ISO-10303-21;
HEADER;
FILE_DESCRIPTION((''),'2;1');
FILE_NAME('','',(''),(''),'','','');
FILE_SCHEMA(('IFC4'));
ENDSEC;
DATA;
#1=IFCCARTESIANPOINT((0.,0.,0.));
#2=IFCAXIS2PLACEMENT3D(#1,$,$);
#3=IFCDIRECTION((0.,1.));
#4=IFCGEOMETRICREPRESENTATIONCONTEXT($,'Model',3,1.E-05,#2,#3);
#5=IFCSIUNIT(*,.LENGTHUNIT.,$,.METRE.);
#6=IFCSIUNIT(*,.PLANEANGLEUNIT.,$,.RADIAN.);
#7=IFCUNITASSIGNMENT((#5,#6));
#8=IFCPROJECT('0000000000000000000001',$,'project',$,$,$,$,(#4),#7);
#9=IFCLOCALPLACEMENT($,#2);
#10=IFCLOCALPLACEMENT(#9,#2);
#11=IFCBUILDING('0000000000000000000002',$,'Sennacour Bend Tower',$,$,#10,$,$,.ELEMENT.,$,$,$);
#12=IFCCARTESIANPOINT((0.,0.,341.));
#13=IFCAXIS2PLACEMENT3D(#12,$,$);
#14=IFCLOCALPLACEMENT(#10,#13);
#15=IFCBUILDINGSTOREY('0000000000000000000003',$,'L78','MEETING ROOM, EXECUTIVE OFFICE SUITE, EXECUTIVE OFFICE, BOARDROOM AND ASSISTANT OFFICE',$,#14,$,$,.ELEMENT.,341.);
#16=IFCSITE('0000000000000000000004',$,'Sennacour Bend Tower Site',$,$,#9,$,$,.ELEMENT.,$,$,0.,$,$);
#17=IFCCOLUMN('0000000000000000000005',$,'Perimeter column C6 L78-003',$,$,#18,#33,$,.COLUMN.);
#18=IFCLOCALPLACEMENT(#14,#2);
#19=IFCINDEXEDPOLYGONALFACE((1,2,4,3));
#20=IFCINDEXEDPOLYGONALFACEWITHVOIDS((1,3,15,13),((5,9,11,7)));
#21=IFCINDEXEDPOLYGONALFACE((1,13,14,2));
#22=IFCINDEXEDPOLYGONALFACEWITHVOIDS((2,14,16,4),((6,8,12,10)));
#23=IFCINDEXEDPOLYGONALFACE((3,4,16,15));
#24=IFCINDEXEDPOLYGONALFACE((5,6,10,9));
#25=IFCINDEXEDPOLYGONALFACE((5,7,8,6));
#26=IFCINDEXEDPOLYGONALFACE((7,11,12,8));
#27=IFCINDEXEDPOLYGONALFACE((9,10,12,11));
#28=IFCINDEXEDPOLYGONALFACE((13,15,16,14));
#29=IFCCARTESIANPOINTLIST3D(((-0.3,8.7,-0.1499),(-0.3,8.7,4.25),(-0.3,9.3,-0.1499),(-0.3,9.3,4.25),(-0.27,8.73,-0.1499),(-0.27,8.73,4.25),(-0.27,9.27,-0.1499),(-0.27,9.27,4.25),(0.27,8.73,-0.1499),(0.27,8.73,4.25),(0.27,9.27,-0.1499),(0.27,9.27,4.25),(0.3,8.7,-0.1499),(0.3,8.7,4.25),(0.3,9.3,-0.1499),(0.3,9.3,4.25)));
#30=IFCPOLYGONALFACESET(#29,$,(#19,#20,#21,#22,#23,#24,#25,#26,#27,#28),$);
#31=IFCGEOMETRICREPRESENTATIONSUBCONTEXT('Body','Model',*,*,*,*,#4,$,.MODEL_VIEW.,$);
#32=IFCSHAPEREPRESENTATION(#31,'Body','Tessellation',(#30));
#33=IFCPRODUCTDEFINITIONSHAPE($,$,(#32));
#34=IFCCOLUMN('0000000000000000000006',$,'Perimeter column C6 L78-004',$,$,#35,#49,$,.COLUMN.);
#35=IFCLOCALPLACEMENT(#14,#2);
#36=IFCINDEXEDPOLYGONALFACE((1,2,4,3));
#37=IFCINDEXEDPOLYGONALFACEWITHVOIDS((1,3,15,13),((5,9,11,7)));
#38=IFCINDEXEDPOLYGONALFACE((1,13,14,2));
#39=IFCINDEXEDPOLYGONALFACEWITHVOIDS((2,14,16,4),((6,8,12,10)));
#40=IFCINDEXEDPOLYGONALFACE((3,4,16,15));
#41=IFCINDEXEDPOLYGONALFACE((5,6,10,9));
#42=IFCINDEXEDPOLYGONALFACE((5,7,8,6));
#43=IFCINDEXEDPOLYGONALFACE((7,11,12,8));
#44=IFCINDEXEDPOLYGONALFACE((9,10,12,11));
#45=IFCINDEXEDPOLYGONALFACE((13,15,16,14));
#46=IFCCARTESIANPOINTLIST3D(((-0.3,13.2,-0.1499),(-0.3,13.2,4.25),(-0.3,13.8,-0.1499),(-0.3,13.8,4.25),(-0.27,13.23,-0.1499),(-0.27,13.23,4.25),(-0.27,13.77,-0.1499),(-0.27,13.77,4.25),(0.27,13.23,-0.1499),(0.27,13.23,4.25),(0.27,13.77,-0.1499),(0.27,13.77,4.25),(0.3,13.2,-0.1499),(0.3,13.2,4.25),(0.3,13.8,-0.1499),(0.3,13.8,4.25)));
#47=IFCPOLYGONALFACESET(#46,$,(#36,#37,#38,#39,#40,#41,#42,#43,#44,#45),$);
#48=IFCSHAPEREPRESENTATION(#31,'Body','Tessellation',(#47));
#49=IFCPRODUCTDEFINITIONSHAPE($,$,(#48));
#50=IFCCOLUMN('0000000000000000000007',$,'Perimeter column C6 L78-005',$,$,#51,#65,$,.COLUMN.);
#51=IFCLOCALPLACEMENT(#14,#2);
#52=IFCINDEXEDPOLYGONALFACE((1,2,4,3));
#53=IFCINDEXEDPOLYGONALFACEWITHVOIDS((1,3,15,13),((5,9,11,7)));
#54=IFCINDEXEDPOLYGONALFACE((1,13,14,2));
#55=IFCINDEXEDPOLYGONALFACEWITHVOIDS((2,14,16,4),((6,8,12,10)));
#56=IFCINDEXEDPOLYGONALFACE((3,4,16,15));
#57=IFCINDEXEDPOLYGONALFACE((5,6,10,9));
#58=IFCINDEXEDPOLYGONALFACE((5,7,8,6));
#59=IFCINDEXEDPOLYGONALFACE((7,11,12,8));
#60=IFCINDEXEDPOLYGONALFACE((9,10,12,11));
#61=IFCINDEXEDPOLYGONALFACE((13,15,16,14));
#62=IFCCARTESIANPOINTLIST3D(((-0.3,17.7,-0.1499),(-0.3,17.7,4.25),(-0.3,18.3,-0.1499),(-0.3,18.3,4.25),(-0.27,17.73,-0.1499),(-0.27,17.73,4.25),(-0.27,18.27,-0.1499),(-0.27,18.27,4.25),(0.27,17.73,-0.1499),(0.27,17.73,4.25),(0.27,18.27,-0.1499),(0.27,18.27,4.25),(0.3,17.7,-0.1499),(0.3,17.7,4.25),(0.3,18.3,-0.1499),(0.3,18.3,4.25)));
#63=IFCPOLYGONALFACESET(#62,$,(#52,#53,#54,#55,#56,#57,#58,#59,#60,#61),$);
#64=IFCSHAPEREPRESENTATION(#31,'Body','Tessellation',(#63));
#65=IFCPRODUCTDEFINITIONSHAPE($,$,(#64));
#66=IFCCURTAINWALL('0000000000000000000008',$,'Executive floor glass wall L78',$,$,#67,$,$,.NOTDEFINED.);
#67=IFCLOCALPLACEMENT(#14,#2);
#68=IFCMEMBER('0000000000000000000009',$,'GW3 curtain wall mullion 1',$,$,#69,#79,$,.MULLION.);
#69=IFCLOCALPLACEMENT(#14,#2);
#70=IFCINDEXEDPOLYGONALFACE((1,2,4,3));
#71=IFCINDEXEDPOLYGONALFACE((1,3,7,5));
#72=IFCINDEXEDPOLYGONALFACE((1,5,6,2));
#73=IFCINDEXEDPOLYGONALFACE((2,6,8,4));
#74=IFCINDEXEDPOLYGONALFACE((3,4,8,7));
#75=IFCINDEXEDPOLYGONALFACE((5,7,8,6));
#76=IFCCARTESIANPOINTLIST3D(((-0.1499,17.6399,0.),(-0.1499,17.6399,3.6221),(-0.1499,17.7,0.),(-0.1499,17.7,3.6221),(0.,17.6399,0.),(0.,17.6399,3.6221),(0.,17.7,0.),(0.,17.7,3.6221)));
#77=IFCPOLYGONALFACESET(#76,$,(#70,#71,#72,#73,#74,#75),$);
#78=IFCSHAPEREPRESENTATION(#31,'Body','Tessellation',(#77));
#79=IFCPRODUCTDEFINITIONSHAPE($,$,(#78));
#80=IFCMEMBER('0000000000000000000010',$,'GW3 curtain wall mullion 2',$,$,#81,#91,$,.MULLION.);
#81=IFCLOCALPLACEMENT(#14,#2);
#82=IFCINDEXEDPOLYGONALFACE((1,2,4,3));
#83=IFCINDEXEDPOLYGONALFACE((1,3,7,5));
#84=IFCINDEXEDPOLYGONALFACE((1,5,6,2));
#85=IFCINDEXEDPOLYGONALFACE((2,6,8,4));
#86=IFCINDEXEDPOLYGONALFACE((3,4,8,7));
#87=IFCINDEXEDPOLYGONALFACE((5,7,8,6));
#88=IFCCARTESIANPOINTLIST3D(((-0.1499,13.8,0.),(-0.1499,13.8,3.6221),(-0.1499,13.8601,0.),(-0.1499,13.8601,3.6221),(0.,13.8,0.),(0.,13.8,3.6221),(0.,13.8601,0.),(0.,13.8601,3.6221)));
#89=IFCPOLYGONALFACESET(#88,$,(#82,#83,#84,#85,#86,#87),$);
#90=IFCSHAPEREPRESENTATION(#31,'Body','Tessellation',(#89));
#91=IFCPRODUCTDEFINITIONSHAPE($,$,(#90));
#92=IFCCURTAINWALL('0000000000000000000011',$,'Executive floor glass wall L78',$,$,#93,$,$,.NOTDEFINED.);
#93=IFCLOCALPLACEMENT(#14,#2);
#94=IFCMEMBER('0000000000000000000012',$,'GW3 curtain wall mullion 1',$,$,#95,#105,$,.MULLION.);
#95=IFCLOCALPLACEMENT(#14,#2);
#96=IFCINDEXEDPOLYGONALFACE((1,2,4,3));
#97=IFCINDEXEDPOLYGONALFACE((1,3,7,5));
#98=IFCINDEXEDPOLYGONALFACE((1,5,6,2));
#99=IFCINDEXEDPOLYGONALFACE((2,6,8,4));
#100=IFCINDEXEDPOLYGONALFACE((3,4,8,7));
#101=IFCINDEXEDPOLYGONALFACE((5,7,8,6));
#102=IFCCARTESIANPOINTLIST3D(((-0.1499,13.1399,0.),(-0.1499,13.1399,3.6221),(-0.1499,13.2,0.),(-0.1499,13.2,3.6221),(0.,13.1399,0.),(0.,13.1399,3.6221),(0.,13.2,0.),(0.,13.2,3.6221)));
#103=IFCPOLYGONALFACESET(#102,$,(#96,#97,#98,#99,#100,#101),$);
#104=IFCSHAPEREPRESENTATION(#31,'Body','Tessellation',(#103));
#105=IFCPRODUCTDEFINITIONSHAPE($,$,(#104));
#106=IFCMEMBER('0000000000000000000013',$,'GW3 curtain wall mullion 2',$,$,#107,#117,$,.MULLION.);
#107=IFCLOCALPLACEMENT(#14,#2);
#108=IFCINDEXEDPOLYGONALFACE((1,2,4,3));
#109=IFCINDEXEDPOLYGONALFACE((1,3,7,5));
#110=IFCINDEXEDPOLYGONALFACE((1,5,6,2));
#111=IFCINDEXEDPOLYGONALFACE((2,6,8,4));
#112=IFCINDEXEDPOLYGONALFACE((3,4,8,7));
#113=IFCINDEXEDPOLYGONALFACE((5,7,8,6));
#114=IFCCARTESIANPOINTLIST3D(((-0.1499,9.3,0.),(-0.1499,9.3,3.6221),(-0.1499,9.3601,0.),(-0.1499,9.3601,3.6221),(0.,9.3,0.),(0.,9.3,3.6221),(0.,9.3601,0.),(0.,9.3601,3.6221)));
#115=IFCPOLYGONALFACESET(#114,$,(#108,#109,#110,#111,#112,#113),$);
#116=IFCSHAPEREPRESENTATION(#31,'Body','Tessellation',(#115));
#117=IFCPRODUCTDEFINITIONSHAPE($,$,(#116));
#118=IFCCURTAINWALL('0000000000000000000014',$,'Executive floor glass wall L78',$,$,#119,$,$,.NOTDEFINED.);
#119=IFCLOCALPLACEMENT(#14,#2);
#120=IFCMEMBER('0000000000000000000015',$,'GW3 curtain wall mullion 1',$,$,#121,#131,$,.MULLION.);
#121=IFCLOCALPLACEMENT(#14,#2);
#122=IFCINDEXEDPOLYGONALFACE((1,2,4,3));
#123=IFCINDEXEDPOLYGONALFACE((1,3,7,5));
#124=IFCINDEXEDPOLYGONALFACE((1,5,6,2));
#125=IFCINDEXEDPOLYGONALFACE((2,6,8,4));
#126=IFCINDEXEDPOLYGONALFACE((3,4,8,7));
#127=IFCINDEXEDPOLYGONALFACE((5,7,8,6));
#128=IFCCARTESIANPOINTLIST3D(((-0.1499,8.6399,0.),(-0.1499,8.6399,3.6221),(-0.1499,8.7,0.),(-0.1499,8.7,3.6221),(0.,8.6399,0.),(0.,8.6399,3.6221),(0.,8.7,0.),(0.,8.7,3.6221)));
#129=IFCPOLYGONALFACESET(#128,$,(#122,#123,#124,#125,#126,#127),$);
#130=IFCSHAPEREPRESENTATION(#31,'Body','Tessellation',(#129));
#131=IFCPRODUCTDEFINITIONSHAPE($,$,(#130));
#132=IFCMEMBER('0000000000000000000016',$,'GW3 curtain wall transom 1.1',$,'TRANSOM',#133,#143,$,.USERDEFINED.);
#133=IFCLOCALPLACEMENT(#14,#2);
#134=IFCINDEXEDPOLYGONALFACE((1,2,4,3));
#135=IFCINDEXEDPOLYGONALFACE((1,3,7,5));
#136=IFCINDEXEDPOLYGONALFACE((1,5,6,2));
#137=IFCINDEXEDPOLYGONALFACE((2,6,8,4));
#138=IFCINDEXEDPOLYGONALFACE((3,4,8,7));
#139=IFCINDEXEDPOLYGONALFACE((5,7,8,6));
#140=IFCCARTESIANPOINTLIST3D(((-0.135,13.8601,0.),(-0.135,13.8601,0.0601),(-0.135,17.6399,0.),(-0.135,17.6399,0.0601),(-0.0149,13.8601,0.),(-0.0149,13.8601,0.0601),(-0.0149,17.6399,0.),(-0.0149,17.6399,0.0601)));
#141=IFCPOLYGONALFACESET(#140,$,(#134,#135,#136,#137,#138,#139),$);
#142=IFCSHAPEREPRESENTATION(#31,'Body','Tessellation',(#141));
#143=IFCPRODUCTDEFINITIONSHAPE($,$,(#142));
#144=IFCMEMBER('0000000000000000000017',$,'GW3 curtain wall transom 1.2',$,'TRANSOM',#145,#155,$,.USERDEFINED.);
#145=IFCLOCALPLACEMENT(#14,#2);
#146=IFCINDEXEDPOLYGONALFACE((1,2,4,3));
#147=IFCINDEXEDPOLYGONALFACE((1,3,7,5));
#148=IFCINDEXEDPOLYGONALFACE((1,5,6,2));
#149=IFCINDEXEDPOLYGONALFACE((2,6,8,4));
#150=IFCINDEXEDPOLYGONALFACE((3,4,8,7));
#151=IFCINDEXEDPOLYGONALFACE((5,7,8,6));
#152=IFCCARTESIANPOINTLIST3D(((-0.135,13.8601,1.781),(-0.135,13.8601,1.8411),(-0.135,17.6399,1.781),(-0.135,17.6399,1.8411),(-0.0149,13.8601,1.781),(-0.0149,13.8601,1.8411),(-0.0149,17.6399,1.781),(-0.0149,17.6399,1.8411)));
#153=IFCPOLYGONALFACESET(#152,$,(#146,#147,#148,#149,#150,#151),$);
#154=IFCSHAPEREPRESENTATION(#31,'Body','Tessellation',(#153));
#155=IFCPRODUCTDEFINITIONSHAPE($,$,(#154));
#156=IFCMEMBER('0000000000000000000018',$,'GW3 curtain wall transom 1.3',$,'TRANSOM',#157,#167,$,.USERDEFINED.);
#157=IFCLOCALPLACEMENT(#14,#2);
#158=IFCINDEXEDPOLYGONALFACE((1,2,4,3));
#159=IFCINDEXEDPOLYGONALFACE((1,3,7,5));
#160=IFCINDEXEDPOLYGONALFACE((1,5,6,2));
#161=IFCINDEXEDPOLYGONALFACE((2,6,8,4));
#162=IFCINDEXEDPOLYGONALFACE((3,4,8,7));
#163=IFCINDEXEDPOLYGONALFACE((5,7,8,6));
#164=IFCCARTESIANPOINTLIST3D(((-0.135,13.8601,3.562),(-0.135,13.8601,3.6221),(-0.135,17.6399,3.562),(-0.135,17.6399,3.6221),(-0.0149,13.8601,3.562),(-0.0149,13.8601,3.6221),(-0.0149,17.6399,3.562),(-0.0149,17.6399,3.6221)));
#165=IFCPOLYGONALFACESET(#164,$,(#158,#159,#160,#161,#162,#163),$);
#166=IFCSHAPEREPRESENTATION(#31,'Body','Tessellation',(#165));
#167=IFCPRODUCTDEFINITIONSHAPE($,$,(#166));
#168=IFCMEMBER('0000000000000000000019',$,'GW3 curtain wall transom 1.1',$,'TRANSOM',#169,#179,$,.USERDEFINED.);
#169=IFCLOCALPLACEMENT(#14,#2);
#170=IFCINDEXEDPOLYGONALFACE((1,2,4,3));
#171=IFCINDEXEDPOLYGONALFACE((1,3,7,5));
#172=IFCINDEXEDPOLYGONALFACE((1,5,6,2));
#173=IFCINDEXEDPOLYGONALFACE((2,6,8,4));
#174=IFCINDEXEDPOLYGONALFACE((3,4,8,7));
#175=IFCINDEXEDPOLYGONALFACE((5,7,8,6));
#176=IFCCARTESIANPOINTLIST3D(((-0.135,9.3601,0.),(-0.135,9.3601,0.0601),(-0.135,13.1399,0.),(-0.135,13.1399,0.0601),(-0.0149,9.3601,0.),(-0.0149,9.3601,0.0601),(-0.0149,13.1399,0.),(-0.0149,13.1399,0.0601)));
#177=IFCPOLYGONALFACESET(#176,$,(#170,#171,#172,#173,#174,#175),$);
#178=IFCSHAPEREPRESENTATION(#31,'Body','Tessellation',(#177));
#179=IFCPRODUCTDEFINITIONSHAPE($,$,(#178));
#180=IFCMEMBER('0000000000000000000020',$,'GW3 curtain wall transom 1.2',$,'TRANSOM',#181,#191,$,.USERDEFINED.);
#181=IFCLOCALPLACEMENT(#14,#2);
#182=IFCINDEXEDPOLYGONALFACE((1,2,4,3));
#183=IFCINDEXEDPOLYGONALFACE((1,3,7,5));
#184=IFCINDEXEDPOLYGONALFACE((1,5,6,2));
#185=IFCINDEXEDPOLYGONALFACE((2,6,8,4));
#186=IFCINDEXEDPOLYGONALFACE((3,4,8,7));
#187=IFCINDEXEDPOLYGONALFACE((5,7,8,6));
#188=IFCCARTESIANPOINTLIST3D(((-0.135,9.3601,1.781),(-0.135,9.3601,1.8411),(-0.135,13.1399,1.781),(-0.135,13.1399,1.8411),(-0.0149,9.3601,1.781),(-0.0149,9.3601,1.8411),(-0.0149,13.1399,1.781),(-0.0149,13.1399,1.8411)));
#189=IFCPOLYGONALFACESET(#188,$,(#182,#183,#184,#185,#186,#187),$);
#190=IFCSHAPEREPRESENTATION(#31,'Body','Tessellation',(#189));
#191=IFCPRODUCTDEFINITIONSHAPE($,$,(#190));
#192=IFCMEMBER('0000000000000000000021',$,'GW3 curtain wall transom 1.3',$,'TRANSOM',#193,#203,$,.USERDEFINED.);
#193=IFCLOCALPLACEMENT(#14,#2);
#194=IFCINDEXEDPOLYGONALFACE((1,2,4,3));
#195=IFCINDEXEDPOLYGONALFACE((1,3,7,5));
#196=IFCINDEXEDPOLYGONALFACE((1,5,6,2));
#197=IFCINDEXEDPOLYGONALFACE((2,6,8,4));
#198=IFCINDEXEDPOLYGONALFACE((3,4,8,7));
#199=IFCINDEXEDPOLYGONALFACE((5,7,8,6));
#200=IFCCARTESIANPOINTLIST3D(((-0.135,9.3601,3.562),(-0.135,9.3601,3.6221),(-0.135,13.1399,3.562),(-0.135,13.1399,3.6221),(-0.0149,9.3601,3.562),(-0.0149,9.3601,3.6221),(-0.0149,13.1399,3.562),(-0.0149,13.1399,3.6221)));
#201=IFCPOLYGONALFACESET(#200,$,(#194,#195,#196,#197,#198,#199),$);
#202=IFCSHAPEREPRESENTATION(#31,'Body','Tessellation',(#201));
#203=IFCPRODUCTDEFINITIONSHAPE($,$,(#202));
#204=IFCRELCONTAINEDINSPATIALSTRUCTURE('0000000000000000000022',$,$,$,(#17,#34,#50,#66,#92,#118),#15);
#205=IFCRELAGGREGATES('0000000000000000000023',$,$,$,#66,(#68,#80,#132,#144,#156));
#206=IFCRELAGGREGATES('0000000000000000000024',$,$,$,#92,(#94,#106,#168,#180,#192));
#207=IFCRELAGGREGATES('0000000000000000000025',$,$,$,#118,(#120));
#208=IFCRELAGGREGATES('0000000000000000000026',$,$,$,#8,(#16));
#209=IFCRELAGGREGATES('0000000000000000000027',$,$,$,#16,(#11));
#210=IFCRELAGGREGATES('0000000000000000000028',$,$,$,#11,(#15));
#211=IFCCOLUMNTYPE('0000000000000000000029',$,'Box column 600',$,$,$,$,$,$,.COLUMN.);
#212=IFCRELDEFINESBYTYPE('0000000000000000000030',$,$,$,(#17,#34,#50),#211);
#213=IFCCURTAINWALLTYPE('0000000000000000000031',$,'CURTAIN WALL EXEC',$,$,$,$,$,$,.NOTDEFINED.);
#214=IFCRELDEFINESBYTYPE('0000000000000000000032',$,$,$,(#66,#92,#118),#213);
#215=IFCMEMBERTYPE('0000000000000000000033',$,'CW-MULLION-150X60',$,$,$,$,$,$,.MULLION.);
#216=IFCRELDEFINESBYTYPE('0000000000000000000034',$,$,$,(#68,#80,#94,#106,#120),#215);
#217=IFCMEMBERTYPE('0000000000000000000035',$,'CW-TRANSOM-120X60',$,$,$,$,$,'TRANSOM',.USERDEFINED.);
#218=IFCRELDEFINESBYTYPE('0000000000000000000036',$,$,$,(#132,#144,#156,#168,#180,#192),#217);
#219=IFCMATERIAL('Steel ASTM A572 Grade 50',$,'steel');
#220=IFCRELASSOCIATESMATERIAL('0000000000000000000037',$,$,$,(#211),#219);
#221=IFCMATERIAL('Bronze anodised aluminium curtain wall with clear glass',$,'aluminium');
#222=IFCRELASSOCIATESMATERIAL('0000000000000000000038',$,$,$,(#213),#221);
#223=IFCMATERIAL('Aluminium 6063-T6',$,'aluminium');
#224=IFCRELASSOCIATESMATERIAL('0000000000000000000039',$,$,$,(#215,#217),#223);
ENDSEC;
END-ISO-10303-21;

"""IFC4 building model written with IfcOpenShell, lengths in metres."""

from ifc_helpers import new_model, si_unit, direction, frame, origin, origin_2d, place, context, subcontext, project, spatial, rectangle, hollow_rectangle, extrude, material, material_profile, profile_set, type_object, element, aggregate, save


model = new_model("IFC4")

# Units and contexts
model_context = context("Model", 3, precision=1e-05, world=origin(), true_north=direction((0.0, 1.0)))
body_context = subcontext(model_context, "Body", "Model", "MODEL_VIEW")
ifc_project = project(units=[si_unit("LENGTHUNIT", "METRE"), si_unit("PLANEANGLEUNIT", "RADIAN")], contexts=[model_context])

# Site, building, storey
site_placement = place(None, origin())
site = spatial("IfcSite", under=ifc_project, at=site_placement, Name="Sennacour Bend Tower Site", CompositionType="ELEMENT", RefElevation=0.0)
building_placement = place(site_placement, origin())
building = spatial("IfcBuilding", under=site, at=building_placement, Name="Sennacour Bend Tower", CompositionType="ELEMENT")
storey_placement = place(building_placement, frame((0.0, 0.0, 341.0)))
storey = spatial("IfcBuildingStorey", under=building, at=storey_placement, Name="L78", Description="MEETING ROOM, EXECUTIVE OFFICE SUITE, EXECUTIVE OFFICE, BOARDROOM AND ASSISTANT OFFICE", CompositionType="ELEMENT", Elevation=341.0)

# Columns
ifc_material_1 = material(Name="Steel ASTM A572 Grade 50", Category="steel")
ifc_material_profile_1 = material_profile(ifc_material_1, hollow_rectangle(XDim=0.6001, YDim=0.6001, WallThickness=0.03, at=origin_2d()), Name="Steel ASTM A572 Grade 50", Category="steel")
ifc_profile_set_1 = profile_set([ifc_material_profile_1], Name="Steel ASTM A572 Grade 50")
column_type = type_object("IfcColumnType", Name="Box column 600", PredefinedType="COLUMN", material=ifc_profile_set_1)
for number, where, z_axis, x_axis, name in (
    (1, (0.0, 9.0, -0.1499), (0.0, 0.0, 1.0), (1.0, 0.0, 0.0), "Perimeter column C6 L78-003"),
    (2, (0.0, 13.5, -0.1499), (0.0, 0.0, 1.0), (1.0, 0.0, 0.0), "Perimeter column C6 L78-004"),
    (3, (0.0, 18.0, -0.1499), (0.0, 0.0, 1.0), (1.0, 0.0, 0.0), "Perimeter column C6 L78-005"),
):
    element("IfcColumn", number, at=place(storey_placement, frame(where, z_axis=z_axis, x_axis=x_axis)), inside=storey, type_object=column_type, Name=name, PredefinedType="COLUMN", context=body_context, shape_type="SweptSolid", body=[
        extrude(hollow_rectangle(XDim=0.6001, YDim=0.6001, WallThickness=0.03, at=origin_2d()), origin(), (0.0, 0.0, 1.0), 4.3999),
    ])

# Curtain walls, members
ifc_material_2 = material(Name="Bronze anodised aluminium curtain wall with clear glass", Category="aluminium")
curtain_wall_type = type_object("IfcCurtainWallType", Name="CURTAIN WALL EXEC", PredefinedType="NOTDEFINED", material=ifc_material_2)
curtain_wall_1_placement = place(storey_placement, origin())
curtain_wall_1 = element("IfcCurtainWall", 4, at=curtain_wall_1_placement, inside=storey, type_object=curtain_wall_type, Name="Executive floor glass wall L78", PredefinedType="NOTDEFINED")
ifc_material_3 = material(Name="Aluminium 6063-T6", Category="aluminium")
ifc_material_profile_2 = material_profile(ifc_material_3, rectangle(XDim=0.1499, YDim=0.0601, at=origin_2d()), Name="Aluminium 6063-T6", Category="aluminium")
ifc_profile_set_2 = profile_set([ifc_material_profile_2], Name="Aluminium 6063-T6")
member_type_1 = type_object("IfcMemberType", Name="CW-MULLION-150X60", PredefinedType="MULLION", material=ifc_profile_set_2)
member_1_placement = place(storey_placement, frame((-0.075, 17.6699, 0.0), z_axis=(0.0, 0.0, 1.0), x_axis=(1.0, 0.0, 0.0)))
member_1 = element("IfcMember", 5, at=member_1_placement, type_object=member_type_1, Name="GW3 curtain wall mullion 1", PredefinedType="MULLION", context=body_context, shape_type="SweptSolid", body=[
    extrude(rectangle(XDim=0.1499, YDim=0.0601, at=origin_2d()), origin(), (0.0, 0.0, 1.0), 3.6221),
])
member_2_placement = place(storey_placement, frame((-0.075, 13.8301, 0.0), z_axis=(0.0, 0.0, 1.0), x_axis=(1.0, 0.0, 0.0)))
member_2 = element("IfcMember", 6, at=member_2_placement, type_object=member_type_1, Name="GW3 curtain wall mullion 2", PredefinedType="MULLION", context=body_context, shape_type="SweptSolid", body=[
    extrude(rectangle(XDim=0.1499, YDim=0.0601, at=origin_2d()), origin(), (0.0, 0.0, 1.0), 3.6221),
])
curtain_wall_2_placement = place(storey_placement, origin())
curtain_wall_2 = element("IfcCurtainWall", 7, at=curtain_wall_2_placement, inside=storey, type_object=curtain_wall_type, Name="Executive floor glass wall L78", PredefinedType="NOTDEFINED")
member_3_placement = place(storey_placement, frame((-0.075, 13.1699, 0.0), z_axis=(0.0, 0.0, 1.0), x_axis=(1.0, 0.0, 0.0)))
member_3 = element("IfcMember", 8, at=member_3_placement, type_object=member_type_1, Name="GW3 curtain wall mullion 1", PredefinedType="MULLION", context=body_context, shape_type="SweptSolid", body=[
    extrude(rectangle(XDim=0.1499, YDim=0.0601, at=origin_2d()), origin(), (0.0, 0.0, 1.0), 3.6221),
])
member_4_placement = place(storey_placement, frame((-0.075, 9.3301, 0.0), z_axis=(0.0, 0.0, 1.0), x_axis=(1.0, 0.0, 0.0)))
member_4 = element("IfcMember", 9, at=member_4_placement, type_object=member_type_1, Name="GW3 curtain wall mullion 2", PredefinedType="MULLION", context=body_context, shape_type="SweptSolid", body=[
    extrude(rectangle(XDim=0.1499, YDim=0.0601, at=origin_2d()), origin(), (0.0, 0.0, 1.0), 3.6221),
])

# Curtain wall, member
curtain_wall_3_placement = place(storey_placement, origin())
curtain_wall_3 = element("IfcCurtainWall", 10, at=curtain_wall_3_placement, inside=storey, type_object=curtain_wall_type, Name="Executive floor glass wall L78", PredefinedType="NOTDEFINED")
member_5_placement = place(storey_placement, frame((-0.075, 8.6699, 0.0), z_axis=(0.0, 0.0, 1.0), x_axis=(1.0, 0.0, 0.0)))
member_5 = element("IfcMember", 11, at=member_5_placement, type_object=member_type_1, Name="GW3 curtain wall mullion 1", PredefinedType="MULLION", context=body_context, shape_type="SweptSolid", body=[
    extrude(rectangle(XDim=0.1499, YDim=0.0601, at=origin_2d()), origin(), (0.0, 0.0, 1.0), 3.6221),
])

# Members
ifc_material_profile_3 = material_profile(ifc_material_3, rectangle(XDim=0.1201, YDim=0.0601, at=origin_2d()), Name="Aluminium 6063-T6", Category="aluminium")
ifc_profile_set_3 = profile_set([ifc_material_profile_3], Name="Aluminium 6063-T6")
member_type_2 = type_object("IfcMemberType", Name="CW-TRANSOM-120X60", ElementType="TRANSOM", PredefinedType="USERDEFINED", material=ifc_profile_set_3)
member_6_placement = place(storey_placement, frame((-0.075, 17.6399, 0.03), z_axis=(0.0, -1.0, 0.0), x_axis=(1.0, 0.0, 0.0)))
member_6 = element("IfcMember", 12, at=member_6_placement, type_object=member_type_2, Name="GW3 curtain wall transom 1.1", ObjectType="TRANSOM", PredefinedType="USERDEFINED", context=body_context, shape_type="SweptSolid", body=[
    extrude(rectangle(XDim=0.1201, YDim=0.0601, at=origin_2d()), origin(), (0.0, 0.0, 1.0), 3.7798),
])
member_7_placement = place(storey_placement, frame((-0.075, 17.6399, 1.811), z_axis=(0.0, -1.0, 0.0), x_axis=(1.0, 0.0, 0.0)))
member_7 = element("IfcMember", 13, at=member_7_placement, type_object=member_type_2, Name="GW3 curtain wall transom 1.2", ObjectType="TRANSOM", PredefinedType="USERDEFINED", context=body_context, shape_type="SweptSolid", body=[
    extrude(rectangle(XDim=0.1201, YDim=0.0601, at=origin_2d()), origin(), (0.0, 0.0, 1.0), 3.7798),
])
member_8_placement = place(storey_placement, frame((-0.075, 17.6399, 3.592), z_axis=(0.0, -1.0, 0.0), x_axis=(1.0, 0.0, 0.0)))
member_8 = element("IfcMember", 14, at=member_8_placement, type_object=member_type_2, Name="GW3 curtain wall transom 1.3", ObjectType="TRANSOM", PredefinedType="USERDEFINED", context=body_context, shape_type="SweptSolid", body=[
    extrude(rectangle(XDim=0.1201, YDim=0.0601, at=origin_2d()), origin(), (0.0, 0.0, 1.0), 3.7798),
])
member_9_placement = place(storey_placement, frame((-0.075, 13.1399, 0.03), z_axis=(0.0, -1.0, 0.0), x_axis=(1.0, 0.0, 0.0)))
member_9 = element("IfcMember", 15, at=member_9_placement, type_object=member_type_2, Name="GW3 curtain wall transom 1.1", ObjectType="TRANSOM", PredefinedType="USERDEFINED", context=body_context, shape_type="SweptSolid", body=[
    extrude(rectangle(XDim=0.1201, YDim=0.0601, at=origin_2d()), origin(), (0.0, 0.0, 1.0), 3.7798),
])
member_10_placement = place(storey_placement, frame((-0.075, 13.1399, 1.811), z_axis=(0.0, -1.0, 0.0), x_axis=(1.0, 0.0, 0.0)))
member_10 = element("IfcMember", 16, at=member_10_placement, type_object=member_type_2, Name="GW3 curtain wall transom 1.2", ObjectType="TRANSOM", PredefinedType="USERDEFINED", context=body_context, shape_type="SweptSolid", body=[
    extrude(rectangle(XDim=0.1201, YDim=0.0601, at=origin_2d()), origin(), (0.0, 0.0, 1.0), 3.7798),
])
member_11_placement = place(storey_placement, frame((-0.075, 13.1399, 3.592), z_axis=(0.0, -1.0, 0.0), x_axis=(1.0, 0.0, 0.0)))
member_11 = element("IfcMember", 17, at=member_11_placement, type_object=member_type_2, Name="GW3 curtain wall transom 1.3", ObjectType="TRANSOM", PredefinedType="USERDEFINED", context=body_context, shape_type="SweptSolid", body=[
    extrude(rectangle(XDim=0.1201, YDim=0.0601, at=origin_2d()), origin(), (0.0, 0.0, 1.0), 3.7798),
])

aggregate(curtain_wall_1, [member_1, member_2, member_6, member_7, member_8])
aggregate(curtain_wall_2, [member_3, member_4, member_9, member_10, member_11])
aggregate(curtain_wall_3, [member_5])

save(model, "model.ifc")
